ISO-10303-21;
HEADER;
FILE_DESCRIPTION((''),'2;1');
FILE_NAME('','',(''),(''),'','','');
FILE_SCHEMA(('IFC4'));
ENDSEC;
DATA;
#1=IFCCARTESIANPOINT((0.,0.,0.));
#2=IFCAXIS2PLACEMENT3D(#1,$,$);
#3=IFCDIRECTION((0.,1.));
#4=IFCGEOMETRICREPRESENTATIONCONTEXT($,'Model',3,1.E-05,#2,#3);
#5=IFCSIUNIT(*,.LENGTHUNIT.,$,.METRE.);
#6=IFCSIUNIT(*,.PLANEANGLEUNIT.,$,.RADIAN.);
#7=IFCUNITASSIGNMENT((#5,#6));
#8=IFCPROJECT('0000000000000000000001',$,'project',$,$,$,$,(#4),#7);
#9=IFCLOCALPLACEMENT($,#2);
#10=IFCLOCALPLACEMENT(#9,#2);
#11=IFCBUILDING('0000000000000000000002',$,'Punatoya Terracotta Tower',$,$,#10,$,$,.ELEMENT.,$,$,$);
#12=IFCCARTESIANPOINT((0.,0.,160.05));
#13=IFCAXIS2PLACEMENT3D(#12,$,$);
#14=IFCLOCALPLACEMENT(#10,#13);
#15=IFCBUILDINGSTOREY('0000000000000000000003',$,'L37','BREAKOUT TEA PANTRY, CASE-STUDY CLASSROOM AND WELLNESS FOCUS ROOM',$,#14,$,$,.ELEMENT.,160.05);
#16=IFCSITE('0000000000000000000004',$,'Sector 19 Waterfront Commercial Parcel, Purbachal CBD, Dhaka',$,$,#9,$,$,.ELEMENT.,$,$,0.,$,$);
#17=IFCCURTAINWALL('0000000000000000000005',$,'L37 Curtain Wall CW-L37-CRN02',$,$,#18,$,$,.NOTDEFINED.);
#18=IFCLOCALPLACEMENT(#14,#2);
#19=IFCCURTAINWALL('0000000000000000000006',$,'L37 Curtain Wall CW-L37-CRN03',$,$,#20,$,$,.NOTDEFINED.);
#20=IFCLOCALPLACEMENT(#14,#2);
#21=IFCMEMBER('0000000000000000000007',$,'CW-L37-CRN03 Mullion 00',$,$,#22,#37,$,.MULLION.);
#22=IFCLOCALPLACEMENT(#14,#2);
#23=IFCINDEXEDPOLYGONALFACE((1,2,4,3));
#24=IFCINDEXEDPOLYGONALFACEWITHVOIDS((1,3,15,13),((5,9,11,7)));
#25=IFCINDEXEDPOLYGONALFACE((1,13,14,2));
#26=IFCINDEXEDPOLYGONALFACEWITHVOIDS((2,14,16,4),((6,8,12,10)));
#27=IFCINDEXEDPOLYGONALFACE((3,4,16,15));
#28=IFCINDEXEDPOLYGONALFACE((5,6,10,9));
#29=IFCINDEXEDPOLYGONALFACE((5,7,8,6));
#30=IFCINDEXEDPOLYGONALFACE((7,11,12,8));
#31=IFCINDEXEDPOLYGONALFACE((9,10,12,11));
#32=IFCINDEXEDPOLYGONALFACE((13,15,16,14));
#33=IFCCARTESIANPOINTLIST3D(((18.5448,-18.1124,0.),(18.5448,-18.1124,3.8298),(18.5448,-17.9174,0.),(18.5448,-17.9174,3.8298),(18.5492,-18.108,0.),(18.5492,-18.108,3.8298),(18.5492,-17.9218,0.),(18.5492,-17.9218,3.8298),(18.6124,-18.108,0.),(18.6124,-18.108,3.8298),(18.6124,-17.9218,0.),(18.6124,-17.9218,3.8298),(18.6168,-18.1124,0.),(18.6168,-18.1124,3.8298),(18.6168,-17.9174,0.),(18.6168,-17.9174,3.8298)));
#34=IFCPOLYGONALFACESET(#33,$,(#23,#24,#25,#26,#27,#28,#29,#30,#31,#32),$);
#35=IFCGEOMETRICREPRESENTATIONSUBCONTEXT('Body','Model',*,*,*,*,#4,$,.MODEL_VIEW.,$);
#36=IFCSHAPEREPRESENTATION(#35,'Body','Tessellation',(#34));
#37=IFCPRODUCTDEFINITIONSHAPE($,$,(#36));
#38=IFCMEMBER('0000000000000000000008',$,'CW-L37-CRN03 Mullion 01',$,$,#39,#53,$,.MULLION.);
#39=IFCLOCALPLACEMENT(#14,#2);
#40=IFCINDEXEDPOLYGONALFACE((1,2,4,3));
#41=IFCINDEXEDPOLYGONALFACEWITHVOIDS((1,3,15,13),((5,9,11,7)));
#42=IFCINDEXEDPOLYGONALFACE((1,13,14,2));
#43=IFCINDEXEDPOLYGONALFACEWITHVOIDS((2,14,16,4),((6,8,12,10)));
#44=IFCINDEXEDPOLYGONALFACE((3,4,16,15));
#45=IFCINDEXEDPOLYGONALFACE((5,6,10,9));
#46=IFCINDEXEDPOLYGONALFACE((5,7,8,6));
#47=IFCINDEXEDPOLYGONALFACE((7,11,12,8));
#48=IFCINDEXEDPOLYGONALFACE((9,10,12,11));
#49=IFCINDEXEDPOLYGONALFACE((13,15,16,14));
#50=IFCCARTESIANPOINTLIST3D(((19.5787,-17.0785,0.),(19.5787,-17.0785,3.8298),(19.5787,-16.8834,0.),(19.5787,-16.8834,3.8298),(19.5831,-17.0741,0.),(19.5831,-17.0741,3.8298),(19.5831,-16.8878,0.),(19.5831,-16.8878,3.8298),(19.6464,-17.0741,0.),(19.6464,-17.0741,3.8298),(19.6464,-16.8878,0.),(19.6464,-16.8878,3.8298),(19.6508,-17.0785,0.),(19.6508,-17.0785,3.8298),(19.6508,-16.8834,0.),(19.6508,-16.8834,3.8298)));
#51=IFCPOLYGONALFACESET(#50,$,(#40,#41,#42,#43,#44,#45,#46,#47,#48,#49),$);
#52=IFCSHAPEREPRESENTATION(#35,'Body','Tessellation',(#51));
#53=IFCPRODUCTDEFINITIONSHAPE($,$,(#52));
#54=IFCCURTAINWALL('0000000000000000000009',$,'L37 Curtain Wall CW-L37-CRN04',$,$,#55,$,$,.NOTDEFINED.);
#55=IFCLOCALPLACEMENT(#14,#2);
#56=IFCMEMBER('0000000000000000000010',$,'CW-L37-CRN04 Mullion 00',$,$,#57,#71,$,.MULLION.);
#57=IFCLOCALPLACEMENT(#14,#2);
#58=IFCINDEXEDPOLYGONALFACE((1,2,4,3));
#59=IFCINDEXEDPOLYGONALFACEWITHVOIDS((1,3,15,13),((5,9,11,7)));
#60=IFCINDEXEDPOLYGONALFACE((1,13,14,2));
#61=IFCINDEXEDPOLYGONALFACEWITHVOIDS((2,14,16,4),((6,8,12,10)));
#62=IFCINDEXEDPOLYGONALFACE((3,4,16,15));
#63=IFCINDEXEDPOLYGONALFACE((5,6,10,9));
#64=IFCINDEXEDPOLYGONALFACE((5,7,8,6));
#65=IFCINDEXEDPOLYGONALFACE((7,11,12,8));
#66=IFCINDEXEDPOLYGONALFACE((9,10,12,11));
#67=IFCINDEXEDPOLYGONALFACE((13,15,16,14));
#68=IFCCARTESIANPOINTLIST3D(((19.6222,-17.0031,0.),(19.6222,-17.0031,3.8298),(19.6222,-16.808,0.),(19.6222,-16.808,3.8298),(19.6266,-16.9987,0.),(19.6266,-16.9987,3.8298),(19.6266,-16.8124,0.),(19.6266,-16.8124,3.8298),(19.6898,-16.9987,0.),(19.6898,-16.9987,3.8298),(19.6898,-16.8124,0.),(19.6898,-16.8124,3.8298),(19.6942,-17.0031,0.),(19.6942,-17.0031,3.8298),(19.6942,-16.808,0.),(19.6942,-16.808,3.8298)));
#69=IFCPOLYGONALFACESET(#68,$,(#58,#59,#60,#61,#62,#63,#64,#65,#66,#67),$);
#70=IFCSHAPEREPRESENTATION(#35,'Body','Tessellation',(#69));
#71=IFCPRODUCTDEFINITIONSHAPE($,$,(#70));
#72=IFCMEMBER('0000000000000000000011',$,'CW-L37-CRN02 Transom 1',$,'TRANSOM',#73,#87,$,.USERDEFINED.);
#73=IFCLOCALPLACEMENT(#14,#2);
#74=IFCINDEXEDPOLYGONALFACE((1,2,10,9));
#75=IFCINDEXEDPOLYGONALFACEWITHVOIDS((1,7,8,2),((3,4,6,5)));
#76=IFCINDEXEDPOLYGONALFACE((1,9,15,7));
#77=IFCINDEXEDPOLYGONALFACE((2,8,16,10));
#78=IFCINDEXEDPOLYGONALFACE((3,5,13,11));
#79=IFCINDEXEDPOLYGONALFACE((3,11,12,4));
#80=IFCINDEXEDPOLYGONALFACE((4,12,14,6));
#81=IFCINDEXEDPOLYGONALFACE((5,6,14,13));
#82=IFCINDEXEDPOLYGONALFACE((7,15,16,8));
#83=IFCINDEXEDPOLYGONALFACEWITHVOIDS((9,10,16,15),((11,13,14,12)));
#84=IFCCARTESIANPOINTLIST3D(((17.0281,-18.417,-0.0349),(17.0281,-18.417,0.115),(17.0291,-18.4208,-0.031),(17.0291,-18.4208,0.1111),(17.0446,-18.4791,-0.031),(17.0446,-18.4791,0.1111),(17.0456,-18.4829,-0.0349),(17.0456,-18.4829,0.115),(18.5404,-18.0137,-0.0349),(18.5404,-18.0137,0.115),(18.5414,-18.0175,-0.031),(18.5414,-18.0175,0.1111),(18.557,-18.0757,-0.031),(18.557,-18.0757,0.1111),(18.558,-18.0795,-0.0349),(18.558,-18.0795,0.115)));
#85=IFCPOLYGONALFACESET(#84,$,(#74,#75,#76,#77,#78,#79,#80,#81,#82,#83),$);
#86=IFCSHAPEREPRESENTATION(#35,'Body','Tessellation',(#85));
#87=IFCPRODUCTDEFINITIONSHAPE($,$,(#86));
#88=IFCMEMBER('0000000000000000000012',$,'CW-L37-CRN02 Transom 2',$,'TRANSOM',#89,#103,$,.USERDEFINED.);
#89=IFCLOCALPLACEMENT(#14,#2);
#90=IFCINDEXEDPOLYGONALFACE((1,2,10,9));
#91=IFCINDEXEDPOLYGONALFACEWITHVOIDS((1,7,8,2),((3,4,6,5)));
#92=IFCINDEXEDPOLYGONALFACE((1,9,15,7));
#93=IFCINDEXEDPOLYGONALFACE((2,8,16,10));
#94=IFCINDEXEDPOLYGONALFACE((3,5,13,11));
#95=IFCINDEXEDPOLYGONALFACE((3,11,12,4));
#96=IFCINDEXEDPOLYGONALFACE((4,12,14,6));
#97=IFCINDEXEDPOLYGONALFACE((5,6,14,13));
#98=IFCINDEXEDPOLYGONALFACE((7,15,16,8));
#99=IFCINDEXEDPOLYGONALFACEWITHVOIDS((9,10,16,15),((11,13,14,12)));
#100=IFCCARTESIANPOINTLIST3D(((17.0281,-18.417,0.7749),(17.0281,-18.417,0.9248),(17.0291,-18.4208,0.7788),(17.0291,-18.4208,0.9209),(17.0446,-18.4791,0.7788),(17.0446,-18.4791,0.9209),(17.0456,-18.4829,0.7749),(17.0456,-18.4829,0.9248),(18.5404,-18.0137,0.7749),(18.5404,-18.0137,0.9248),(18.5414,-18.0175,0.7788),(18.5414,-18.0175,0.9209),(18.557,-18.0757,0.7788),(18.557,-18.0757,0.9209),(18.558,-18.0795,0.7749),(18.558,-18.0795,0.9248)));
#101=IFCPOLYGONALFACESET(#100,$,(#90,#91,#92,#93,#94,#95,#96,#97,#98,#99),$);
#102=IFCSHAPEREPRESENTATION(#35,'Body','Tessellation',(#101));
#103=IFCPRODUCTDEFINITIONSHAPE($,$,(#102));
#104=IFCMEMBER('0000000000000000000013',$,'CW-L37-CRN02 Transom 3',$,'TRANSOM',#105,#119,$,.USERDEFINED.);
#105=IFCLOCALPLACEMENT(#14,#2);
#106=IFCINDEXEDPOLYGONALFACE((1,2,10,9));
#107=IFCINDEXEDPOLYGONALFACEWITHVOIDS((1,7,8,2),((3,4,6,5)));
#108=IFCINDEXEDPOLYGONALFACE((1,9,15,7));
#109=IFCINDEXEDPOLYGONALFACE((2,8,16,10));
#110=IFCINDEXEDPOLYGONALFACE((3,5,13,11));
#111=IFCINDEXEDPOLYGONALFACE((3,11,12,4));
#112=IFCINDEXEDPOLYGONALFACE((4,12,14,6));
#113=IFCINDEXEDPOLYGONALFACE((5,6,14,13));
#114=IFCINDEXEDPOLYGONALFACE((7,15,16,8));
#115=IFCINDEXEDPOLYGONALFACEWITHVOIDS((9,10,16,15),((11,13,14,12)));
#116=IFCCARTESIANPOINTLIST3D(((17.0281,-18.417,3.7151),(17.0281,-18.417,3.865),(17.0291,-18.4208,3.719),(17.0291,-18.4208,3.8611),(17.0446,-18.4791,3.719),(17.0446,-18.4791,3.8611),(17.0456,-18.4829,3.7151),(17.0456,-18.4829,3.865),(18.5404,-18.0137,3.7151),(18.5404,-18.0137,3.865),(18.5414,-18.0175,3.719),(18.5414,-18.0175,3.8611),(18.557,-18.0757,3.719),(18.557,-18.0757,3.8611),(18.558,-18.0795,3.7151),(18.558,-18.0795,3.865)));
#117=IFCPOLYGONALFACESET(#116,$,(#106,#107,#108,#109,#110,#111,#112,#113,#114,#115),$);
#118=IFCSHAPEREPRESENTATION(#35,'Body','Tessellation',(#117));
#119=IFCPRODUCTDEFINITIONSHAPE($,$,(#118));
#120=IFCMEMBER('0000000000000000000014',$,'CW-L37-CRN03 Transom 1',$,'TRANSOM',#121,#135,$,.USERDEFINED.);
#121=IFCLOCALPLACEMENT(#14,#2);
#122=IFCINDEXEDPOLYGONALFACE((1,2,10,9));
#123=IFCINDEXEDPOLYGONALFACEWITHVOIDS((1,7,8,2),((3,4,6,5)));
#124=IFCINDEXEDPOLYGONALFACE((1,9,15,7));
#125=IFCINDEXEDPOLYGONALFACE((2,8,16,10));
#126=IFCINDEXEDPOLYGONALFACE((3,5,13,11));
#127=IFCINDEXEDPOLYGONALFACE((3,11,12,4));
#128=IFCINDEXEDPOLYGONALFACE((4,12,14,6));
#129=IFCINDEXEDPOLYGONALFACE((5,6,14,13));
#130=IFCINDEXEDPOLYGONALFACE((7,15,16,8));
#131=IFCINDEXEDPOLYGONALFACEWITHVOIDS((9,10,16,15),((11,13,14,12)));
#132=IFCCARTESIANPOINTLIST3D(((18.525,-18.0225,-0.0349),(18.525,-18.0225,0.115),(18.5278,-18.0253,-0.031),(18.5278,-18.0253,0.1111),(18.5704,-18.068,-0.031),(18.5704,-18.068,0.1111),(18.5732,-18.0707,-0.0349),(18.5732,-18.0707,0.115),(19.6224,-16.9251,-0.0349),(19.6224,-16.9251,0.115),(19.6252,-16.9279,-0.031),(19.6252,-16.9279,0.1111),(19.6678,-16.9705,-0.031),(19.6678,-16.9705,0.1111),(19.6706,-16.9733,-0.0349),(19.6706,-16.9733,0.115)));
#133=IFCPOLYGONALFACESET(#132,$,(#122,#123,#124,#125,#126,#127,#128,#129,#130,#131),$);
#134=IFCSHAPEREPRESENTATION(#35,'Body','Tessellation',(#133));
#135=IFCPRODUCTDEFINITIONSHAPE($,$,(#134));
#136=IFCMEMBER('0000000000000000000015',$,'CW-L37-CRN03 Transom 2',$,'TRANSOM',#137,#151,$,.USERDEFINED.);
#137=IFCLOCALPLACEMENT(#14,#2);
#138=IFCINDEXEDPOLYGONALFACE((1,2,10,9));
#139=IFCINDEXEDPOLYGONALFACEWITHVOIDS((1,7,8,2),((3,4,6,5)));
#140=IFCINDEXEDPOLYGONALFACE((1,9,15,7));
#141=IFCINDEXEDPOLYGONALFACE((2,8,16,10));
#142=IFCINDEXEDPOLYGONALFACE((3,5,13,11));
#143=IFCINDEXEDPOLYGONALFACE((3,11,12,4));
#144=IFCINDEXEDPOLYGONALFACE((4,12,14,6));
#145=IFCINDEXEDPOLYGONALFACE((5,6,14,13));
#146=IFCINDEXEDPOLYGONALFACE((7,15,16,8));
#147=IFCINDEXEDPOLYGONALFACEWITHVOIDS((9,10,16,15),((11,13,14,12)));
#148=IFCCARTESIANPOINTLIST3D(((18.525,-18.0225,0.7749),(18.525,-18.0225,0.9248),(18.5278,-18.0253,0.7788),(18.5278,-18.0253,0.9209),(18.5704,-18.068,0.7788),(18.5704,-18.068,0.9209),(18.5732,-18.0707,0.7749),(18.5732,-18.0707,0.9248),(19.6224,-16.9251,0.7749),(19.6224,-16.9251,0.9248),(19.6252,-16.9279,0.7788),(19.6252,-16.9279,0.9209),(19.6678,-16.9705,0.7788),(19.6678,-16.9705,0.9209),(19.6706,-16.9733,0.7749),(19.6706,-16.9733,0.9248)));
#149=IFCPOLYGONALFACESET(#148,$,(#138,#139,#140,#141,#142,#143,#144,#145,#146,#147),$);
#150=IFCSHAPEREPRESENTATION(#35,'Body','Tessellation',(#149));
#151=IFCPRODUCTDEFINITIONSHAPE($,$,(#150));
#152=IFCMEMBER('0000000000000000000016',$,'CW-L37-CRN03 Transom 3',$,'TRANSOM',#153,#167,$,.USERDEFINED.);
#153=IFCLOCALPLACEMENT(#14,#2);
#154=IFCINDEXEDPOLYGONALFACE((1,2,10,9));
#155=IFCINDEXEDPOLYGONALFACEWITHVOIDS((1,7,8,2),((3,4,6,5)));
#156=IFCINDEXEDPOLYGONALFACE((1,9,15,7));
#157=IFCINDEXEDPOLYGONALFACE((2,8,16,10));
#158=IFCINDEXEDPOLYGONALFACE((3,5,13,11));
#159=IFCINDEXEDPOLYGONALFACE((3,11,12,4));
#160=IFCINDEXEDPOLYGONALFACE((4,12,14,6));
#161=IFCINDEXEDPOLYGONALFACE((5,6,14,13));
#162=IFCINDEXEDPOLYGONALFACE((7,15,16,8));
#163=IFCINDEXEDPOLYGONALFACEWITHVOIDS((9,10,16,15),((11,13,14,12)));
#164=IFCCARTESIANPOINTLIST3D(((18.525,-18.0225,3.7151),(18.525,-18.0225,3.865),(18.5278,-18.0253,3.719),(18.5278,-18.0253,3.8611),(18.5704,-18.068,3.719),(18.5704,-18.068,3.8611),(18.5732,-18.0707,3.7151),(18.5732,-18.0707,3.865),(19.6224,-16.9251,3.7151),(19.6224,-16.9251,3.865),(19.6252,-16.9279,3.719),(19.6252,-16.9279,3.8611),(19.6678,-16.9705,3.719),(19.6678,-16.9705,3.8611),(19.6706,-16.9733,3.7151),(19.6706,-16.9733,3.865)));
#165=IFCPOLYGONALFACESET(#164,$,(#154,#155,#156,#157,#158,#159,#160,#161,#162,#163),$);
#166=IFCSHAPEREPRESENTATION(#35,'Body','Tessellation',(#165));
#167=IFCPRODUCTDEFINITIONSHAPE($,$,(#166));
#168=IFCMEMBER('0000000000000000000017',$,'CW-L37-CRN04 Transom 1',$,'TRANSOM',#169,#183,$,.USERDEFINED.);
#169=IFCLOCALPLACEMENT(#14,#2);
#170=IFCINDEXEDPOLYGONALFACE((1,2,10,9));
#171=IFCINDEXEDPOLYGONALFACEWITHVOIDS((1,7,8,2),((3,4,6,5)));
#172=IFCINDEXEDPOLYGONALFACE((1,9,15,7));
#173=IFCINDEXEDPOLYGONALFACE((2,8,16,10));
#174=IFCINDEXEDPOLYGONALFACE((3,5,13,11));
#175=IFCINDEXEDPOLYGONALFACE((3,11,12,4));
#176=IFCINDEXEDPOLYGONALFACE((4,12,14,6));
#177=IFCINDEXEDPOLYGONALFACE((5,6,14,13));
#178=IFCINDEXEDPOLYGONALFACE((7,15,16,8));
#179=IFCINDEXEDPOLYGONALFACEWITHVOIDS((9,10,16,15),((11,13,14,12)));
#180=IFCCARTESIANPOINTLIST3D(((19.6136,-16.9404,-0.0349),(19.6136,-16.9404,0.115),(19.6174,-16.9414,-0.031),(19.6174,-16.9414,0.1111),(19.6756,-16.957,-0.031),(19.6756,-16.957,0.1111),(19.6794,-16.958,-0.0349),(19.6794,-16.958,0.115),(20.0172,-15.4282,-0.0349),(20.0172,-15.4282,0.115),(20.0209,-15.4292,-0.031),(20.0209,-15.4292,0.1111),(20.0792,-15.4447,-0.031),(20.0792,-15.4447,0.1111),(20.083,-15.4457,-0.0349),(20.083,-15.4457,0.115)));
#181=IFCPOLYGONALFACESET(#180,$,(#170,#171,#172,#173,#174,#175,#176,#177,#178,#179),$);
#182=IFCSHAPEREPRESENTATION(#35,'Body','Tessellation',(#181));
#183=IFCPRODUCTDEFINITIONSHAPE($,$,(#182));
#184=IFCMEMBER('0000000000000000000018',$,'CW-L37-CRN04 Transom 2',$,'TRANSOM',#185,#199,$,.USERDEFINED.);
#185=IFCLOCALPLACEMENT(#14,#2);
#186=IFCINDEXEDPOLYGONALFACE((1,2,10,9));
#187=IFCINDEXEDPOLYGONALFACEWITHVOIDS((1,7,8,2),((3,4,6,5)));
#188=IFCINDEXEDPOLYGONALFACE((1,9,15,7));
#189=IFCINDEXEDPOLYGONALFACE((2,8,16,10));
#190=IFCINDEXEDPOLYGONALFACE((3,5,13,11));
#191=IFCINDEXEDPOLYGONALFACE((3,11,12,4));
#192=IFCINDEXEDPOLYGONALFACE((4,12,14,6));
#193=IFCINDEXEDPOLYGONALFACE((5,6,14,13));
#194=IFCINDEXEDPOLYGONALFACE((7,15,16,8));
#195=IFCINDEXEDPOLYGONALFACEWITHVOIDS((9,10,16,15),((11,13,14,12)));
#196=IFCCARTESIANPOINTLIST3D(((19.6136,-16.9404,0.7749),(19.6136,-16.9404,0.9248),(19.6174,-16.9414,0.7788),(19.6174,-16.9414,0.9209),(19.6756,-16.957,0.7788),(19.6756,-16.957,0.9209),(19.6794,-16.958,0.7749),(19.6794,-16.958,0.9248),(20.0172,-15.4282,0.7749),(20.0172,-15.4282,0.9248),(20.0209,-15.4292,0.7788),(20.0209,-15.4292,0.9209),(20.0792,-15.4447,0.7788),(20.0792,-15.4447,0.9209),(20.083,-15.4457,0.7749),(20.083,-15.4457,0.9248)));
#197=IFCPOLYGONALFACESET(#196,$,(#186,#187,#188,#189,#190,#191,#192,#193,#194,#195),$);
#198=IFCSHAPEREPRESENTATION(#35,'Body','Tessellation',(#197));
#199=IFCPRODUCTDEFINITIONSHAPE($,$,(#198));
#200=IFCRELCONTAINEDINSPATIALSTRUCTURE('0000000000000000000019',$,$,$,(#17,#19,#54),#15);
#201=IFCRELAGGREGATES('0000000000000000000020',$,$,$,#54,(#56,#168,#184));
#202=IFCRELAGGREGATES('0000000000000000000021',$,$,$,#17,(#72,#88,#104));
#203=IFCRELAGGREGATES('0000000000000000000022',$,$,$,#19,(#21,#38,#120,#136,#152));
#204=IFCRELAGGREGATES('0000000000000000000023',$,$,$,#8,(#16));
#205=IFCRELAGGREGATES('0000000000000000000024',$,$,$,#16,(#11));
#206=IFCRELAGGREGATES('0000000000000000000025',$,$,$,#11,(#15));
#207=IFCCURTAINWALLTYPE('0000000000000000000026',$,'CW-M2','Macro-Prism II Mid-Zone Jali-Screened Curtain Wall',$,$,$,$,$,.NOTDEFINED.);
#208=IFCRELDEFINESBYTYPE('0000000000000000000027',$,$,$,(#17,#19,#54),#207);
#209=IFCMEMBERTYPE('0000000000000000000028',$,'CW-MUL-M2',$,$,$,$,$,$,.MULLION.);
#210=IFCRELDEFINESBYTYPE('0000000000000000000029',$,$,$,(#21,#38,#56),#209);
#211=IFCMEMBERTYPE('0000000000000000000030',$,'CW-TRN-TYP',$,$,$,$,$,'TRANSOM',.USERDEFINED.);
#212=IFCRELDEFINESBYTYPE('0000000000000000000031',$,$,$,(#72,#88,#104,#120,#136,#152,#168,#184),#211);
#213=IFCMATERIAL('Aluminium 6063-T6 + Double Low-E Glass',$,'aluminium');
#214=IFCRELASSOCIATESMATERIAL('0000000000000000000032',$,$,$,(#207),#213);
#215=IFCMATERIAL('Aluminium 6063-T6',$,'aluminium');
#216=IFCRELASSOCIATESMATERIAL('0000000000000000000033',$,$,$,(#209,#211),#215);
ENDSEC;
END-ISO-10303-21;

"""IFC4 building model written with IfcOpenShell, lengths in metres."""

from ifc_helpers import new_model, si_unit, direction, frame, origin, origin_2d, place, context, subcontext, project, spatial, hollow_rectangle, extrude, material, material_profile, profile_set, type_object, element, aggregate, save


model = new_model("IFC4")

# Units and contexts
model_context = context("Model", 3, precision=1e-05, world=origin(), true_north=direction((0.0, 1.0)))
body_context = subcontext(model_context, "Body", "Model", "MODEL_VIEW")
ifc_project = project(units=[si_unit("LENGTHUNIT", "METRE"), si_unit("PLANEANGLEUNIT", "RADIAN")], contexts=[model_context])

# Site, building, storey
site_placement = place(None, origin())
site = spatial("IfcSite", under=ifc_project, at=site_placement, Name="Sector 19 Waterfront Commercial Parcel, Purbachal CBD, Dhaka", CompositionType="ELEMENT", RefElevation=0.0)
building_placement = place(site_placement, origin())
building = spatial("IfcBuilding", under=site, at=building_placement, Name="Punatoya Terracotta Tower", CompositionType="ELEMENT")
storey_placement = place(building_placement, frame((0.0, 0.0, 160.05)))
storey = spatial("IfcBuildingStorey", under=building, at=storey_placement, Name="L37", Description="BREAKOUT TEA PANTRY, CASE-STUDY CLASSROOM AND WELLNESS FOCUS ROOM", CompositionType="ELEMENT", Elevation=160.05)

# Curtain walls, members
ifc_material_1 = material(Name="Aluminium 6063-T6 + Double Low-E Glass", Category="aluminium")
curtain_wall_type = type_object("IfcCurtainWallType", Name="CW-M2", Description="Macro-Prism II Mid-Zone Jali-Screened Curtain Wall", PredefinedType="NOTDEFINED", material=ifc_material_1)
ifc_material_2 = material(Name="Aluminium 6063-T6", Category="aluminium")
ifc_material_profile_1 = material_profile(ifc_material_2, hollow_rectangle(XDim=0.072, YDim=0.1951, WallThickness=0.0044, at=origin_2d()))
ifc_profile_set_1 = profile_set([ifc_material_profile_1], Name="Aluminium 6063-T6")
member_type_1 = type_object("IfcMemberType", Name="CW-MUL-M2", PredefinedType="MULLION", material=ifc_profile_set_1)
curtain_wall_1_placement = place(storey_placement, origin())
curtain_wall_1 = element("IfcCurtainWall", 1, at=curtain_wall_1_placement, inside=storey, type_object=curtain_wall_type, Name="L37 Curtain Wall CW-L37-CRN02", PredefinedType="NOTDEFINED")
curtain_wall_2_placement = place(storey_placement, origin())
curtain_wall_2 = element("IfcCurtainWall", 2, at=curtain_wall_2_placement, inside=storey, type_object=curtain_wall_type, Name="L37 Curtain Wall CW-L37-CRN03", PredefinedType="NOTDEFINED")
member_1_placement = place(storey_placement, frame((18.5808, -18.0149, 0.0), z_axis=(0.0, 0.0, 1.0), x_axis=(1.0, 0.0, 0.0)))
member_1 = element("IfcMember", 3, at=member_1_placement, type_object=member_type_1, Name="CW-L37-CRN03 Mullion 00", PredefinedType="MULLION", context=body_context, shape_type="SweptSolid", body=[
    extrude(hollow_rectangle(XDim=0.072, YDim=0.1951, WallThickness=0.0044, at=origin_2d()), origin(), (0.0, 0.0, 1.0), 3.8298),
])
member_2_placement = place(storey_placement, frame((19.6147, -16.981, 0.0), z_axis=(0.0, 0.0, 1.0), x_axis=(1.0, 0.0, 0.0)))
member_2 = element("IfcMember", 4, at=member_2_placement, type_object=member_type_1, Name="CW-L37-CRN03 Mullion 01", PredefinedType="MULLION", context=body_context, shape_type="SweptSolid", body=[
    extrude(hollow_rectangle(XDim=0.072, YDim=0.1951, WallThickness=0.0044, at=origin_2d()), origin(), (0.0, 0.0, 1.0), 3.8298),
])

# Curtain wall, member
curtain_wall_3_placement = place(storey_placement, origin())
curtain_wall_3 = element("IfcCurtainWall", 5, at=curtain_wall_3_placement, inside=storey, type_object=curtain_wall_type, Name="L37 Curtain Wall CW-L37-CRN04", PredefinedType="NOTDEFINED")
member_3_placement = place(storey_placement, frame((19.6582, -16.9055, 0.0), z_axis=(0.0, 0.0, 1.0), x_axis=(1.0, 0.0, 0.0)))
member_3 = element("IfcMember", 6, at=member_3_placement, type_object=member_type_1, Name="CW-L37-CRN04 Mullion 00", PredefinedType="MULLION", context=body_context, shape_type="SweptSolid", body=[
    extrude(hollow_rectangle(XDim=0.072, YDim=0.1951, WallThickness=0.0044, at=origin_2d()), origin(), (0.0, 0.0, 1.0), 3.8298),
])

# Members
ifc_material_profile_2 = material_profile(ifc_material_2, hollow_rectangle(XDim=0.0681, YDim=0.1499, WallThickness=0.0039, at=origin_2d()))
ifc_profile_set_2 = profile_set([ifc_material_profile_2], Name="Aluminium 6063-T6")
member_type_2 = type_object("IfcMemberType", Name="CW-TRN-TYP", ElementType="TRANSOM", PredefinedType="USERDEFINED", material=ifc_profile_set_2)
member_4_placement = place(storey_placement, frame((17.0369, -18.45, 0.04), z_axis=(0.966225, 0.257701, 0.0), x_axis=(-0.257701, 0.966225, 0.0)))
member_4 = element("IfcMember", 7, at=member_4_placement, type_object=member_type_2, Name="CW-L37-CRN02 Transom 1", ObjectType="TRANSOM", PredefinedType="USERDEFINED", context=body_context, shape_type="SweptSolid", body=[
    extrude(hollow_rectangle(XDim=0.0681, YDim=0.1499, WallThickness=0.0039, at=origin_2d()), origin(), (0.0, 0.0, 1.0), 1.5652),
])
member_5_placement = place(storey_placement, frame((17.0369, -18.45, 0.8499), z_axis=(0.966225, 0.257701, 0.0), x_axis=(-0.257701, 0.966225, 0.0)))
member_5 = element("IfcMember", 8, at=member_5_placement, type_object=member_type_2, Name="CW-L37-CRN02 Transom 2", ObjectType="TRANSOM", PredefinedType="USERDEFINED", context=body_context, shape_type="SweptSolid", body=[
    extrude(hollow_rectangle(XDim=0.0681, YDim=0.1499, WallThickness=0.0039, at=origin_2d()), origin(), (0.0, 0.0, 1.0), 1.5652),
])
member_6_placement = place(storey_placement, frame((17.0369, -18.45, 3.79), z_axis=(0.966225, 0.257701, 0.0), x_axis=(-0.257701, 0.966225, 0.0)))
member_6 = element("IfcMember", 9, at=member_6_placement, type_object=member_type_2, Name="CW-L37-CRN02 Transom 3", ObjectType="TRANSOM", PredefinedType="USERDEFINED", context=body_context, shape_type="SweptSolid", body=[
    extrude(hollow_rectangle(XDim=0.0681, YDim=0.1499, WallThickness=0.0039, at=origin_2d()), origin(), (0.0, 0.0, 1.0), 1.5652),
])
member_7_placement = place(storey_placement, frame((18.5491, -18.0466, 0.04), z_axis=(0.707107, 0.707107, 0.0), x_axis=(-0.707107, 0.707107, 0.0)))
member_7 = element("IfcMember", 10, at=member_7_placement, type_object=member_type_2, Name="CW-L37-CRN03 Transom 1", ObjectType="TRANSOM", PredefinedType="USERDEFINED", context=body_context, shape_type="SweptSolid", body=[
    extrude(hollow_rectangle(XDim=0.0681, YDim=0.1499, WallThickness=0.0039, at=origin_2d()), origin(), (0.0, 0.0, 1.0), 1.552),
])
member_8_placement = place(storey_placement, frame((18.5491, -18.0466, 0.8499), z_axis=(0.707107, 0.707107, 0.0), x_axis=(-0.707107, 0.707107, 0.0)))
member_8 = element("IfcMember", 11, at=member_8_placement, type_object=member_type_2, Name="CW-L37-CRN03 Transom 2", ObjectType="TRANSOM", PredefinedType="USERDEFINED", context=body_context, shape_type="SweptSolid", body=[
    extrude(hollow_rectangle(XDim=0.0681, YDim=0.1499, WallThickness=0.0039, at=origin_2d()), origin(), (0.0, 0.0, 1.0), 1.552),
])
member_9_placement = place(storey_placement, frame((18.5491, -18.0466, 3.79), z_axis=(0.707107, 0.707107, 0.0), x_axis=(-0.707107, 0.707107, 0.0)))
member_9 = element("IfcMember", 12, at=member_9_placement, type_object=member_type_2, Name="CW-L37-CRN03 Transom 3", ObjectType="TRANSOM", PredefinedType="USERDEFINED", context=body_context, shape_type="SweptSolid", body=[
    extrude(hollow_rectangle(XDim=0.0681, YDim=0.1499, WallThickness=0.0039, at=origin_2d()), origin(), (0.0, 0.0, 1.0), 1.552),
])
member_10_placement = place(storey_placement, frame((19.6465, -16.9492, 0.04), z_axis=(0.257847, 0.966186, 0.0), x_axis=(-0.966186, 0.257847, 0.0)))
member_10 = element("IfcMember", 13, at=member_10_placement, type_object=member_type_2, Name="CW-L37-CRN04 Transom 1", ObjectType="TRANSOM", PredefinedType="USERDEFINED", context=body_context, shape_type="SweptSolid", body=[
    extrude(hollow_rectangle(XDim=0.0681, YDim=0.1499, WallThickness=0.0039, at=origin_2d()), origin(), (0.0, 0.0, 1.0), 1.5652),
])
member_11_placement = place(storey_placement, frame((19.6465, -16.9492, 0.8499), z_axis=(0.257847, 0.966186, 0.0), x_axis=(-0.966186, 0.257847, 0.0)))
member_11 = element("IfcMember", 14, at=member_11_placement, type_object=member_type_2, Name="CW-L37-CRN04 Transom 2", ObjectType="TRANSOM", PredefinedType="USERDEFINED", context=body_context, shape_type="SweptSolid", body=[
    extrude(hollow_rectangle(XDim=0.0681, YDim=0.1499, WallThickness=0.0039, at=origin_2d()), origin(), (0.0, 0.0, 1.0), 1.5652),
])
aggregate(curtain_wall_3, [member_3, member_10, member_11])

aggregate(curtain_wall_1, [member_4, member_5, member_6])
aggregate(curtain_wall_2, [member_1, member_2, member_7, member_8, member_9])

save(model, "model.ifc")
